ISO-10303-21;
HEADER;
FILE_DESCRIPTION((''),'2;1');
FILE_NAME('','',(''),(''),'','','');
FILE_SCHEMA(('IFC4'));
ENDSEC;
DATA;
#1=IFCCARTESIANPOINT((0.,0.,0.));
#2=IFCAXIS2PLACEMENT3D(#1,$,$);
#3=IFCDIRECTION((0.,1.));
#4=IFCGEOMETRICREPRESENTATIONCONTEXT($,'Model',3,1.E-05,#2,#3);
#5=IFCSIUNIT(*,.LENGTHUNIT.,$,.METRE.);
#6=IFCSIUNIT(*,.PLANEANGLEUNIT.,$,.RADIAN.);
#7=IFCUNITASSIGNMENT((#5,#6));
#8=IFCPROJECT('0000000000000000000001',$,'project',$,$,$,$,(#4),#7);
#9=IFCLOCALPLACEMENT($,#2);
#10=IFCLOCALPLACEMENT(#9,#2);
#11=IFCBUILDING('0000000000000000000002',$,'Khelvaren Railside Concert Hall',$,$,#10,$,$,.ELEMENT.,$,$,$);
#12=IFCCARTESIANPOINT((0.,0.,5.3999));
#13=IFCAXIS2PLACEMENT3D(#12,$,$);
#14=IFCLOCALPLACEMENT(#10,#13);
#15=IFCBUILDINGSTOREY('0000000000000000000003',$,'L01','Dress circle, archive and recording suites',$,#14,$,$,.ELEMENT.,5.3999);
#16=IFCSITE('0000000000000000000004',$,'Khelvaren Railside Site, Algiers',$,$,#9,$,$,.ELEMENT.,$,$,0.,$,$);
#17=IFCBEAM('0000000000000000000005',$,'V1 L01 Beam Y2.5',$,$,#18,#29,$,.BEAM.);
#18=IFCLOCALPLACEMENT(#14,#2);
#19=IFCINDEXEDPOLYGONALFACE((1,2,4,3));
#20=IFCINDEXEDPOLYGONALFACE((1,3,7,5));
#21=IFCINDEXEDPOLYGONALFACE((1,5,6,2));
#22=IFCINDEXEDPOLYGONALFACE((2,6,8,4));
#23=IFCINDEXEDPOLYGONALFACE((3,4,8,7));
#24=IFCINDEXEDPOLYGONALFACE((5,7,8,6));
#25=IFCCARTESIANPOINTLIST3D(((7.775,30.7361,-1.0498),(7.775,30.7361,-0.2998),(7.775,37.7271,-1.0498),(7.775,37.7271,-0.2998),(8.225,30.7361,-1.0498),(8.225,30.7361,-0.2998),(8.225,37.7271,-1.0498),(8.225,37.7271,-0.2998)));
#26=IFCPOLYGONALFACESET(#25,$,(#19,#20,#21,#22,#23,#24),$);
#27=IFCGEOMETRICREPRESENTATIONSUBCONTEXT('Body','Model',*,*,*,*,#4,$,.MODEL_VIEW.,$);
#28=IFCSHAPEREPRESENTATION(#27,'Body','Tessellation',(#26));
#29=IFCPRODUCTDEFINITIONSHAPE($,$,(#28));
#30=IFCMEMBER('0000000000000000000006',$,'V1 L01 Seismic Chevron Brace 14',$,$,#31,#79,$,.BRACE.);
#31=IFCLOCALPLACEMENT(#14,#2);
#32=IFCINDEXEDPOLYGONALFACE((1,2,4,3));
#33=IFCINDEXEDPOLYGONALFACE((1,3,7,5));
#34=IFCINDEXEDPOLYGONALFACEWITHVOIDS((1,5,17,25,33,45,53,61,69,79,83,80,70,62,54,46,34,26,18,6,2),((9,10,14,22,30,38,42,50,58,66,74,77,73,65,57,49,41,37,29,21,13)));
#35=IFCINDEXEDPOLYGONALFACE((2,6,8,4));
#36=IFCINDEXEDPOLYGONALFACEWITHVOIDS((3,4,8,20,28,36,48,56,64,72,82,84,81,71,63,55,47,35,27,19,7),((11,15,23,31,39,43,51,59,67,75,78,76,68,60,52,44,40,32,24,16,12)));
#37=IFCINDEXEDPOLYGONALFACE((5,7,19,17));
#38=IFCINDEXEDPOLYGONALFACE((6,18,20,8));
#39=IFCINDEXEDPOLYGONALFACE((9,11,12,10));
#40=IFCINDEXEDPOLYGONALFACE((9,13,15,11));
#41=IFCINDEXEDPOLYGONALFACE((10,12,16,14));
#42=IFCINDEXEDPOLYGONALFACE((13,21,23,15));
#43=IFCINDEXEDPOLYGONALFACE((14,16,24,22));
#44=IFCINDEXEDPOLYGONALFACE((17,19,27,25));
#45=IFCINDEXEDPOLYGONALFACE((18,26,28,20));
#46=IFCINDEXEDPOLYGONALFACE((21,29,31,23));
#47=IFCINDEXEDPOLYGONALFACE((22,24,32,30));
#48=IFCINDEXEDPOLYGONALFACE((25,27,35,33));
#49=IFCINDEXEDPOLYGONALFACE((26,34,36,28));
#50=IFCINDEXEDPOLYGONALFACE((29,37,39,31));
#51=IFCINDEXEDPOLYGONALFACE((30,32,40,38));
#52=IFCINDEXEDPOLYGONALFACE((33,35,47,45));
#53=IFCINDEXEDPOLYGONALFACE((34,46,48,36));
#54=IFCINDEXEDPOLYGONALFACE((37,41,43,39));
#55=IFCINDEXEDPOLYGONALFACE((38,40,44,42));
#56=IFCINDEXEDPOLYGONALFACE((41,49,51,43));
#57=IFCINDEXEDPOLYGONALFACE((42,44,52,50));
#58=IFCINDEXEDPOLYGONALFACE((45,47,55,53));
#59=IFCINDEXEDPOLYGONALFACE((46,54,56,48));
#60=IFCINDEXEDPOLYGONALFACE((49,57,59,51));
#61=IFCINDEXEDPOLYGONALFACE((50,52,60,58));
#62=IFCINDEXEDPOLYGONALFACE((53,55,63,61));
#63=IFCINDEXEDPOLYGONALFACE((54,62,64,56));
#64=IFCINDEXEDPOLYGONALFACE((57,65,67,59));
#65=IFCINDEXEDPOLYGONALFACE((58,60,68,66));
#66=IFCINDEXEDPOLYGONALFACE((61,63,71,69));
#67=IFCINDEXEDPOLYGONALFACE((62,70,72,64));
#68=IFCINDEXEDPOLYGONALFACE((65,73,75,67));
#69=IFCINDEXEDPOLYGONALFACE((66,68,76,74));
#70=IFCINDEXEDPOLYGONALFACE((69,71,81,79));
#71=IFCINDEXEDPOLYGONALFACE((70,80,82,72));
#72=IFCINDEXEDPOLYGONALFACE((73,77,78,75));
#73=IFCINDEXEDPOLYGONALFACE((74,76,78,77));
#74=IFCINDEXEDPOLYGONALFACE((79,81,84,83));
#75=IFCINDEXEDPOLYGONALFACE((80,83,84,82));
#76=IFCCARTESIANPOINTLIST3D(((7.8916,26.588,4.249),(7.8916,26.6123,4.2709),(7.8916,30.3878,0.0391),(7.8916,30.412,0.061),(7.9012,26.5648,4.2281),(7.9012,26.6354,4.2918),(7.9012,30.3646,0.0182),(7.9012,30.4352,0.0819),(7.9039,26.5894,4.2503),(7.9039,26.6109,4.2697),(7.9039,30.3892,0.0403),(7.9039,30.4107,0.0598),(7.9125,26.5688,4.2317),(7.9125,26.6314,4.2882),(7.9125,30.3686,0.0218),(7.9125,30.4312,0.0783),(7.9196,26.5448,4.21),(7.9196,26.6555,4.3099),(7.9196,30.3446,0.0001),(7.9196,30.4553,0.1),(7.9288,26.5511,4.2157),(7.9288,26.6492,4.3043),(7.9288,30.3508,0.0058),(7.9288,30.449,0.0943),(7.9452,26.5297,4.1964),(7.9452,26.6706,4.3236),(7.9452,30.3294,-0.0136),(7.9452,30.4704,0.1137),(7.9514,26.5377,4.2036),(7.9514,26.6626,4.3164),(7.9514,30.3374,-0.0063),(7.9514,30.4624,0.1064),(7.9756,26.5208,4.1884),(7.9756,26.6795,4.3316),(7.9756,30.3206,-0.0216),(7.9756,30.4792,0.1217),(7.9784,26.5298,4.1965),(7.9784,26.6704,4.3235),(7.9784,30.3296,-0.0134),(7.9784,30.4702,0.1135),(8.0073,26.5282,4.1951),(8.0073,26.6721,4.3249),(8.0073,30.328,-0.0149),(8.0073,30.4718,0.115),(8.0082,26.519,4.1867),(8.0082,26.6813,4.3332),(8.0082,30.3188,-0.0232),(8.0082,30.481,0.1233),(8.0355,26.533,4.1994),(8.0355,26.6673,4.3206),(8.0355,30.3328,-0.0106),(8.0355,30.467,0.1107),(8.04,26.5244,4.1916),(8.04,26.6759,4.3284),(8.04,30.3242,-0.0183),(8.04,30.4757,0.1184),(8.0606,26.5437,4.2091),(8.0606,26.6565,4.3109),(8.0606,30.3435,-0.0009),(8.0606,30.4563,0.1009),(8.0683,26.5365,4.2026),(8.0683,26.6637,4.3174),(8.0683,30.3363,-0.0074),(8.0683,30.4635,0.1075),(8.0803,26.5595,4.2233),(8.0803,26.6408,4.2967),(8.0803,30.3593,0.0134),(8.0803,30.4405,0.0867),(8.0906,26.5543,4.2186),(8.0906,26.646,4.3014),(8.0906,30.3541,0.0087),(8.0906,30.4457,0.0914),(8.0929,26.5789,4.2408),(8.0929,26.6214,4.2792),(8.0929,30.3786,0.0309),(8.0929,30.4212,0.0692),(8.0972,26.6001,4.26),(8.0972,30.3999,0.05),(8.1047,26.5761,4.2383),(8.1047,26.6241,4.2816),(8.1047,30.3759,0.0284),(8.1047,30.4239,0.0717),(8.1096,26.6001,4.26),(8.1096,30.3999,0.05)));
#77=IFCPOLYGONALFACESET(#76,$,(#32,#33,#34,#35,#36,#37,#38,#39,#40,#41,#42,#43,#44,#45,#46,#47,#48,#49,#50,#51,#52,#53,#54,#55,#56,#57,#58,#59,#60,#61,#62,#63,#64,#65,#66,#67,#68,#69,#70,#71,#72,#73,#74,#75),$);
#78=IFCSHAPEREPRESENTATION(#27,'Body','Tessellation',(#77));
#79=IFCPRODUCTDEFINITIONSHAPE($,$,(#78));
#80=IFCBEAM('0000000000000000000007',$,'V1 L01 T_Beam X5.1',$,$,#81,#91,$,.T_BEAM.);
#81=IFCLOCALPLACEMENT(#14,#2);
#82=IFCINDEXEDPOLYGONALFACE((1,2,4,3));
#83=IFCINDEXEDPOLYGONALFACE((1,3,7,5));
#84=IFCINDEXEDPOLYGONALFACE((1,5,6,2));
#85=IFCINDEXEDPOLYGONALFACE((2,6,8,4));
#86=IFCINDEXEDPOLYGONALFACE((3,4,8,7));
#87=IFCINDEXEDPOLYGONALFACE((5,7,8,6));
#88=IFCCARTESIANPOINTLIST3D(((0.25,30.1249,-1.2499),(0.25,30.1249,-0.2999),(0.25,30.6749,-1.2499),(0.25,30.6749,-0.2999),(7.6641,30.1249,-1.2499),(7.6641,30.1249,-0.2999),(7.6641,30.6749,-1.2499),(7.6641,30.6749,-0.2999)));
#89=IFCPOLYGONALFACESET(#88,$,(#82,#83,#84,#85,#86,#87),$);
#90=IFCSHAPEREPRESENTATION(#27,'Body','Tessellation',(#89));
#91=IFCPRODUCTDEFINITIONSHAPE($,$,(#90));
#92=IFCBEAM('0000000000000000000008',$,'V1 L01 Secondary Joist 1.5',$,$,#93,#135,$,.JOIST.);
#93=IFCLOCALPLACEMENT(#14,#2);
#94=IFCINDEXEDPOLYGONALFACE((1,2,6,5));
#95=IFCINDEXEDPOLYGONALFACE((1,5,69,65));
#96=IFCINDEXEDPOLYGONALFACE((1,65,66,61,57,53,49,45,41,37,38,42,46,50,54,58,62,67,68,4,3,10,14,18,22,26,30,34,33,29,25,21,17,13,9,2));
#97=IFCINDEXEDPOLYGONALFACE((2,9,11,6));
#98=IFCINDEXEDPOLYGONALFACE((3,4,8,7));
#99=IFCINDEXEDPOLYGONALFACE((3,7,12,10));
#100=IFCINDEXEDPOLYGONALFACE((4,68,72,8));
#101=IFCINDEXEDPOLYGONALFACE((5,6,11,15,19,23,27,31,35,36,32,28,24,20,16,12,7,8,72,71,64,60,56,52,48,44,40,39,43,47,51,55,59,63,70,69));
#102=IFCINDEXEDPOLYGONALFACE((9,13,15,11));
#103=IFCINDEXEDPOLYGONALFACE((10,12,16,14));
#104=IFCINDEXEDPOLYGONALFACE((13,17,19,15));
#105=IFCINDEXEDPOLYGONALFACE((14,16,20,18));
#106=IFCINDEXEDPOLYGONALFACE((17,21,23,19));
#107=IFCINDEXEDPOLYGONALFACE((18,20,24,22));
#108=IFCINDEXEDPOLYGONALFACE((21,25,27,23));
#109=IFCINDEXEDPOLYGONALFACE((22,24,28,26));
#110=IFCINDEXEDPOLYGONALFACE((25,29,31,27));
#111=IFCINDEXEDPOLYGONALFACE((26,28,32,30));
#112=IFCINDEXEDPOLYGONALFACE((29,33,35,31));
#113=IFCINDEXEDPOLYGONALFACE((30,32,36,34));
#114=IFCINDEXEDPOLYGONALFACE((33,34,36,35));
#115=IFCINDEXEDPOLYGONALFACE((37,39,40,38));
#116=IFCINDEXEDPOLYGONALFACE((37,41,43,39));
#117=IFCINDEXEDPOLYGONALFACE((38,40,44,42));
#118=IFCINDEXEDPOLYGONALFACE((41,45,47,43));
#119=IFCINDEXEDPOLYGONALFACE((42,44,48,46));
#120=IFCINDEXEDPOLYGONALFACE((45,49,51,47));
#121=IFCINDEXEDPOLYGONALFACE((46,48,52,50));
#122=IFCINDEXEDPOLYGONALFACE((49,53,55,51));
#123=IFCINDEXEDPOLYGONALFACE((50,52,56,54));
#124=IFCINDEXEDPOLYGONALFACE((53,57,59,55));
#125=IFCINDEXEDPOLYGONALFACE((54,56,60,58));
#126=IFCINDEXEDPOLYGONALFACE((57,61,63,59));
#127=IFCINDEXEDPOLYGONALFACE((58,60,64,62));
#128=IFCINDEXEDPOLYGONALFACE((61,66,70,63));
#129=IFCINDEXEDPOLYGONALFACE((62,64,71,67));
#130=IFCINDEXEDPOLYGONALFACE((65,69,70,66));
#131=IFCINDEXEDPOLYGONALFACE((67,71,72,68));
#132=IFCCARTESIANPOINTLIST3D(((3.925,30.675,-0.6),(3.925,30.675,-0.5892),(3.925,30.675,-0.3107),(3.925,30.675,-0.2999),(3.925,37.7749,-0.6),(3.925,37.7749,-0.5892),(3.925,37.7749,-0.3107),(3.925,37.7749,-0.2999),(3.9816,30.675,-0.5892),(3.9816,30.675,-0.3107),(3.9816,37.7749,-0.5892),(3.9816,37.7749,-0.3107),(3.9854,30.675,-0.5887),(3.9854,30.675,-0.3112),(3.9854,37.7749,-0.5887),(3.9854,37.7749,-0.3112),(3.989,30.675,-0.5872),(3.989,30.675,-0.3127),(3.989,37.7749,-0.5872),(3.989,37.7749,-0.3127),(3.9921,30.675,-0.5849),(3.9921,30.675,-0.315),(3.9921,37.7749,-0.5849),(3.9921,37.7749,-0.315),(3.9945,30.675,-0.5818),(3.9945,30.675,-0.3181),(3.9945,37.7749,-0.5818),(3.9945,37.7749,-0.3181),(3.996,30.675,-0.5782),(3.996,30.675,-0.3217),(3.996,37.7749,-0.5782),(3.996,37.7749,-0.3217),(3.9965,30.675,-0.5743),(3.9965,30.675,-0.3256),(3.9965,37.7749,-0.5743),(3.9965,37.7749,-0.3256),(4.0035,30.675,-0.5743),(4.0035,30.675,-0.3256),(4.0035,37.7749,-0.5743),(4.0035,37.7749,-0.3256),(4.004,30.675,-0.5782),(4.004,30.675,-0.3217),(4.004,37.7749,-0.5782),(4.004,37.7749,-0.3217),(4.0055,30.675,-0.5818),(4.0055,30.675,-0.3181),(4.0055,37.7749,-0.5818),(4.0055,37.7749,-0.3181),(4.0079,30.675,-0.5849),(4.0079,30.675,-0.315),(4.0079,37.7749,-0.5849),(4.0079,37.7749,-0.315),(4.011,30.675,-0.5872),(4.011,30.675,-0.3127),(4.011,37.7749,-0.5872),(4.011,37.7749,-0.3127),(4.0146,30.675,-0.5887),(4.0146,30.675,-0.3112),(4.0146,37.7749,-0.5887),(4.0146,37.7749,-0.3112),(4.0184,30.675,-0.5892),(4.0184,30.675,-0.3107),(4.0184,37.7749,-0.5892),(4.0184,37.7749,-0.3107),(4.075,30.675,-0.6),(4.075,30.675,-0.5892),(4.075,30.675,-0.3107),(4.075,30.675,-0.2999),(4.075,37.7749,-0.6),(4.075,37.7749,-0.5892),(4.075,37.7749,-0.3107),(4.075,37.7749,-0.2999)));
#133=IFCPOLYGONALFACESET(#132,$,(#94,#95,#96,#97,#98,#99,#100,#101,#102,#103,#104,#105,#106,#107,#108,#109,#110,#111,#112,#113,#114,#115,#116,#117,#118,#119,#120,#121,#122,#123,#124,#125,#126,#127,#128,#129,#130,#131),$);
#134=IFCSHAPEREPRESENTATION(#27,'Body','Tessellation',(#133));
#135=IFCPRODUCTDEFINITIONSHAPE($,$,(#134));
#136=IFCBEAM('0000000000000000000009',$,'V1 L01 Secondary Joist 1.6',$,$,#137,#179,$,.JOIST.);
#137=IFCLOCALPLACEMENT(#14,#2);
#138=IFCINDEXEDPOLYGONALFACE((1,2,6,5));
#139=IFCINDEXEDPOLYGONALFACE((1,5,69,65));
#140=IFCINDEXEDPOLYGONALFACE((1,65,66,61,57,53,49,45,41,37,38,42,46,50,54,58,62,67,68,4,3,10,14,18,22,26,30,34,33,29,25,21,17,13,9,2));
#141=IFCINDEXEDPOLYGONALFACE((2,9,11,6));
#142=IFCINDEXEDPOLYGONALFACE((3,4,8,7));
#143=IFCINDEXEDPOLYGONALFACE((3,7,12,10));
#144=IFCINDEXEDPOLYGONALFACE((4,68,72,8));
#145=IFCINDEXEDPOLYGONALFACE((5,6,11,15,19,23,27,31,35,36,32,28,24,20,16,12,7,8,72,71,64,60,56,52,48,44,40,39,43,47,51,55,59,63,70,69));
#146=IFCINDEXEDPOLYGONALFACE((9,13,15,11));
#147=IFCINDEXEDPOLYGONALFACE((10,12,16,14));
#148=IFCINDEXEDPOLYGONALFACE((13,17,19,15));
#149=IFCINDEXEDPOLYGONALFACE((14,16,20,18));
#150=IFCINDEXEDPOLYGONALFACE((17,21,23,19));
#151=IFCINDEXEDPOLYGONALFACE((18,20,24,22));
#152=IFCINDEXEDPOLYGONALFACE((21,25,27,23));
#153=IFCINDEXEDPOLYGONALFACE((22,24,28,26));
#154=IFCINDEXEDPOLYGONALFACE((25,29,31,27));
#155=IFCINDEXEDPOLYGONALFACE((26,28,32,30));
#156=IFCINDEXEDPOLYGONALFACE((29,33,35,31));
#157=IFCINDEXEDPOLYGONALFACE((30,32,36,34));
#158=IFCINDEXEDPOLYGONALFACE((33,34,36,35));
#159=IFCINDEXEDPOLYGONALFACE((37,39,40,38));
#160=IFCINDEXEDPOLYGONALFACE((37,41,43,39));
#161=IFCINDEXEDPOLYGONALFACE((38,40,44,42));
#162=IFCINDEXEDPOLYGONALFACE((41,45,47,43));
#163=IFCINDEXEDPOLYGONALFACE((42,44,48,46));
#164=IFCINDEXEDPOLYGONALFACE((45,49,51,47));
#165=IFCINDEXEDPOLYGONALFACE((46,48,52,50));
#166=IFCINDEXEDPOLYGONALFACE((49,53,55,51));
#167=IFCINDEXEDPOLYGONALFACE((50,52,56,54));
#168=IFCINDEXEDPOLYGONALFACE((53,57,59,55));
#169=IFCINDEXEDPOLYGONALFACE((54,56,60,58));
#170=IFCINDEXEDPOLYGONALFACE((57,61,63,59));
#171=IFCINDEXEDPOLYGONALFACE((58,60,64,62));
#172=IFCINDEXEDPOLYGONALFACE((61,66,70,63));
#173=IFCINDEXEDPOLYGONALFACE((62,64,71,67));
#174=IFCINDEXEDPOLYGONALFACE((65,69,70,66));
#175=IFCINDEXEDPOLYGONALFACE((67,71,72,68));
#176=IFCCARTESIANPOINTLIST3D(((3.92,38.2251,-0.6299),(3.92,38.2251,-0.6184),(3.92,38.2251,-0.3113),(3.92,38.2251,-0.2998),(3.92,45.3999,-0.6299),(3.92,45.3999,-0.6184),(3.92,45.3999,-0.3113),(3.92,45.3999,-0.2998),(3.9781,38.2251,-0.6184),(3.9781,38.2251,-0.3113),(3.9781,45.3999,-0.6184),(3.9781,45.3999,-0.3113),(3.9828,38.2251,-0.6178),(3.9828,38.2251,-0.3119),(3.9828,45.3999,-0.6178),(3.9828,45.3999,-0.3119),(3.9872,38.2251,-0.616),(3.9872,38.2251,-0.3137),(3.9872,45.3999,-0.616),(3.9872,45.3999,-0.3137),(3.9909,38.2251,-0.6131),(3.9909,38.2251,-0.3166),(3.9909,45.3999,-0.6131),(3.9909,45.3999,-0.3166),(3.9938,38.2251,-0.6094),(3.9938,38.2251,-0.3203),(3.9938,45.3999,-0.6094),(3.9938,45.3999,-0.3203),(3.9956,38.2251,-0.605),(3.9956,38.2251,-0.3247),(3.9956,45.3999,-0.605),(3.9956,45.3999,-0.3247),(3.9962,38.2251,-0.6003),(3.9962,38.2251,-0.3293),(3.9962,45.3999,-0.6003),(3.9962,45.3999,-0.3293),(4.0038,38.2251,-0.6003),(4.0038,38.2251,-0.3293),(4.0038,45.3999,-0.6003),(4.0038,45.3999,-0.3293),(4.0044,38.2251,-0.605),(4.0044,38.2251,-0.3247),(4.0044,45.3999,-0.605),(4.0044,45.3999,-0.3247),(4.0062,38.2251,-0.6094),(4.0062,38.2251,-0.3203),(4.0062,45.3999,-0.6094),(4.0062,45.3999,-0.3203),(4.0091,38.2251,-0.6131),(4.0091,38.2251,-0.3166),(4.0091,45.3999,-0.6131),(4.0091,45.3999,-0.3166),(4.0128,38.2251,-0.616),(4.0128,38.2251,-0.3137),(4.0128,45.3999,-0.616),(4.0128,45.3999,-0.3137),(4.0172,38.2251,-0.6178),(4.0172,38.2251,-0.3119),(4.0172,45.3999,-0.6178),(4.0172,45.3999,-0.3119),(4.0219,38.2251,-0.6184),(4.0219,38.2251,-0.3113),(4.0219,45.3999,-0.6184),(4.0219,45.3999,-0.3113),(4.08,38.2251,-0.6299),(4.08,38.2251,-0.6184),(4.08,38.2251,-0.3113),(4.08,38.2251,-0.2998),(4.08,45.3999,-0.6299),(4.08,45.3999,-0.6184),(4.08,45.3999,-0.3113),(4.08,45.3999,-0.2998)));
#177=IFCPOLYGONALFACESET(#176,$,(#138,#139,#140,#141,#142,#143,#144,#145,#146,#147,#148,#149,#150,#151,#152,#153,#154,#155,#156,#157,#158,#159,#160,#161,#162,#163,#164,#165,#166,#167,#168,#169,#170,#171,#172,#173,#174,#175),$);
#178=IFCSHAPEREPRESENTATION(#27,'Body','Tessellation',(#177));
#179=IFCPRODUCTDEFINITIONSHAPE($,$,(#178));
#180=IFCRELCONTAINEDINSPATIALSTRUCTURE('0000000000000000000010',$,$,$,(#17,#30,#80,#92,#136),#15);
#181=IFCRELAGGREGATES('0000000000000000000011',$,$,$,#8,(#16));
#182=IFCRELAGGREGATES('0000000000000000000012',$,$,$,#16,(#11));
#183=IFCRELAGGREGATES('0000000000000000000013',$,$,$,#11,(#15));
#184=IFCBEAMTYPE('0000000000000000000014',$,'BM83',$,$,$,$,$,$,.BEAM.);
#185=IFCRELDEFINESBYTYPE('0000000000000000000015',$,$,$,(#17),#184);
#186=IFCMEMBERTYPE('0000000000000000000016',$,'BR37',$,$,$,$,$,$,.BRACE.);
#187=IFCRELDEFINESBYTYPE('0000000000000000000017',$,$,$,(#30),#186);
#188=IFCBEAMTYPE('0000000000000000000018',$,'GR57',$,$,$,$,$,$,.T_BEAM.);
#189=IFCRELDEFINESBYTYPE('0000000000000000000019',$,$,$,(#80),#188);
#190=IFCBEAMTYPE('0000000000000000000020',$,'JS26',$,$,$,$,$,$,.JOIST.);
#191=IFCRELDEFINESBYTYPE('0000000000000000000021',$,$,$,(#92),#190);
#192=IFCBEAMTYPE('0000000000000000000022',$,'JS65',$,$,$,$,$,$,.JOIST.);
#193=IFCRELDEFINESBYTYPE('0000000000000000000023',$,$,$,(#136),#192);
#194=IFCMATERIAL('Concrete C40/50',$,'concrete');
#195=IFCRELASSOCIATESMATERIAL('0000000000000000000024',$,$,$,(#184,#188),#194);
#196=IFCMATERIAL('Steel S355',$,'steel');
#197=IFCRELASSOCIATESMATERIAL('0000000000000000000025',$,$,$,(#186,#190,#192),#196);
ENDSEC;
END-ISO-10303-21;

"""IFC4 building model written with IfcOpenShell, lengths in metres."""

from ifc_helpers import new_model, si_unit, direction, frame, origin, origin_2d, place, context, subcontext, project, spatial, rectangle, hollow_circle, i_section, extrude, material, material_profile, profile_set, type_object, element, save


model = new_model("IFC4")

# Units and contexts
model_context = context("Model", 3, precision=1e-05, world=origin(), true_north=direction((0.0, 1.0)))
body_context = subcontext(model_context, "Body", "Model", "MODEL_VIEW")
ifc_project = project(units=[si_unit("LENGTHUNIT", "METRE"), si_unit("PLANEANGLEUNIT", "RADIAN")], contexts=[model_context])

# Site, building, storey
site_placement = place(None, origin())
site = spatial("IfcSite", under=ifc_project, at=site_placement, Name="Khelvaren Railside Site, Algiers", CompositionType="ELEMENT", RefElevation=0.0)
building_placement = place(site_placement, origin())
building = spatial("IfcBuilding", under=site, at=building_placement, Name="Khelvaren Railside Concert Hall", CompositionType="ELEMENT")
storey_placement = place(building_placement, frame((0.0, 0.0, 5.3999)))
storey = spatial("IfcBuildingStorey", under=building, at=storey_placement, Name="L01", Description="Dress circle, archive and recording suites", CompositionType="ELEMENT", Elevation=5.3999)

# Beam
ifc_material_1 = material(Name="Concrete C40/50", Category="concrete")
ifc_material_profile_1 = material_profile(ifc_material_1, rectangle(XDim=0.45, YDim=0.75, at=origin_2d()), Name="RCB 450x750")
ifc_profile_set_1 = profile_set([ifc_material_profile_1], Name="Concrete C40/50")
beam_type_1 = type_object("IfcBeamType", Name="BM83", PredefinedType="BEAM", material=ifc_profile_set_1)
beam_1_placement = place(storey_placement, frame((8.0, 30.7361, -0.6748), z_axis=(0.0, 1.0, 0.0), x_axis=(-1.0, 0.0, 0.0)))
element("IfcBeam", 1, at=beam_1_placement, inside=storey, type_object=beam_type_1, Name="V1 L01 Beam Y2.5", PredefinedType="BEAM", context=body_context, shape_type="SweptSolid", body=[
    extrude(rectangle(XDim=0.45, YDim=0.75, at=origin_2d()), origin(), (0.0, 0.0, 1.0), 6.991),
])

# Member
ifc_material_2 = material(Name="Steel S355", Category="steel")
ifc_material_profile_2 = material_profile(ifc_material_2, hollow_circle(Radius=0.1096, WallThickness=0.0125, at=origin_2d()), Name="CHS 219.1x12.5")
ifc_profile_set_2 = profile_set([ifc_material_profile_2], Name="Steel S355")
member_type = type_object("IfcMemberType", Name="BR37", PredefinedType="BRACE", material=ifc_profile_set_2)
member_placement = place(storey_placement, frame((8.0, 30.3999, 0.05), z_axis=(0.0, -0.67002, 0.742343), x_axis=(1.0, 0.0, 0.0)))
element("IfcMember", 2, at=member_placement, inside=storey, type_object=member_type, Name="V1 L01 Seismic Chevron Brace 14", PredefinedType="BRACE", context=body_context, shape_type="SweptSolid", body=[
    extrude(hollow_circle(Radius=0.1096, WallThickness=0.0125, at=origin_2d()), origin(), (0.0, 0.0, 1.0), 5.6711),
])

# Beams
ifc_material_profile_3 = material_profile(ifc_material_1, rectangle(XDim=0.55, YDim=0.95, at=origin_2d()), Name="RCB 550x950")
ifc_profile_set_3 = profile_set([ifc_material_profile_3], Name="Concrete C40/50")
beam_type_2 = type_object("IfcBeamType", Name="GR57", PredefinedType="T_BEAM", material=ifc_profile_set_3)
beam_2_placement = place(storey_placement, frame((0.25, 30.3999, -0.7749), z_axis=(1.0, 0.0, 0.0), x_axis=(0.0, 1.0, 0.0)))
element("IfcBeam", 3, at=beam_2_placement, inside=storey, type_object=beam_type_2, Name="V1 L01 T_Beam X5.1", PredefinedType="T_BEAM", context=body_context, shape_type="SweptSolid", body=[
    extrude(rectangle(XDim=0.55, YDim=0.95, at=origin_2d()), origin(), (0.0, 0.0, 1.0), 7.4141),
])
ifc_material_profile_4 = material_profile(ifc_material_2, i_section(OverallWidth=0.1499, OverallDepth=0.3, WebThickness=0.0071, FlangeThickness=0.0107, FilletRadius=0.0149, at=origin_2d()), Name="IPE 300")
ifc_profile_set_4 = profile_set([ifc_material_profile_4], Name="Steel S355")
beam_type_3 = type_object("IfcBeamType", Name="JS26", PredefinedType="JOIST", material=ifc_profile_set_4)
beam_3_placement = place(storey_placement, frame((4.0, 30.675, -0.45), z_axis=(0.0, 1.0, 0.0), x_axis=(-1.0, 0.0, 0.0)))
element("IfcBeam", 4, at=beam_3_placement, inside=storey, type_object=beam_type_3, Name="V1 L01 Secondary Joist 1.5", PredefinedType="JOIST", context=body_context, shape_type="SweptSolid", body=[
    extrude(i_section(OverallWidth=0.1499, OverallDepth=0.3, WebThickness=0.0071, FlangeThickness=0.0107, FilletRadius=0.0149, at=origin_2d()), origin(), (0.0, 0.0, 1.0), 7.0999),
])
ifc_material_profile_5 = material_profile(ifc_material_2, i_section(OverallWidth=0.1599, OverallDepth=0.3301, WebThickness=0.0076, FlangeThickness=0.0115, FilletRadius=0.0181, at=origin_2d()), Name="IPE 330")
ifc_profile_set_5 = profile_set([ifc_material_profile_5], Name="Steel S355")
beam_type_4 = type_object("IfcBeamType", Name="JS65", PredefinedType="JOIST", material=ifc_profile_set_5)
beam_4_placement = place(storey_placement, frame((4.0, 38.2251, -0.4648), z_axis=(0.0, 1.0, 0.0), x_axis=(-1.0, 0.0, 0.0)))
element("IfcBeam", 5, at=beam_4_placement, inside=storey, type_object=beam_type_4, Name="V1 L01 Secondary Joist 1.6", PredefinedType="JOIST", context=body_context, shape_type="SweptSolid", body=[
    extrude(i_section(OverallWidth=0.1599, OverallDepth=0.3301, WebThickness=0.0076, FlangeThickness=0.0115, FilletRadius=0.0181, at=origin_2d()), origin(), (0.0, 0.0, 1.0), 7.1748),
])

save(model, "model.ifc")
